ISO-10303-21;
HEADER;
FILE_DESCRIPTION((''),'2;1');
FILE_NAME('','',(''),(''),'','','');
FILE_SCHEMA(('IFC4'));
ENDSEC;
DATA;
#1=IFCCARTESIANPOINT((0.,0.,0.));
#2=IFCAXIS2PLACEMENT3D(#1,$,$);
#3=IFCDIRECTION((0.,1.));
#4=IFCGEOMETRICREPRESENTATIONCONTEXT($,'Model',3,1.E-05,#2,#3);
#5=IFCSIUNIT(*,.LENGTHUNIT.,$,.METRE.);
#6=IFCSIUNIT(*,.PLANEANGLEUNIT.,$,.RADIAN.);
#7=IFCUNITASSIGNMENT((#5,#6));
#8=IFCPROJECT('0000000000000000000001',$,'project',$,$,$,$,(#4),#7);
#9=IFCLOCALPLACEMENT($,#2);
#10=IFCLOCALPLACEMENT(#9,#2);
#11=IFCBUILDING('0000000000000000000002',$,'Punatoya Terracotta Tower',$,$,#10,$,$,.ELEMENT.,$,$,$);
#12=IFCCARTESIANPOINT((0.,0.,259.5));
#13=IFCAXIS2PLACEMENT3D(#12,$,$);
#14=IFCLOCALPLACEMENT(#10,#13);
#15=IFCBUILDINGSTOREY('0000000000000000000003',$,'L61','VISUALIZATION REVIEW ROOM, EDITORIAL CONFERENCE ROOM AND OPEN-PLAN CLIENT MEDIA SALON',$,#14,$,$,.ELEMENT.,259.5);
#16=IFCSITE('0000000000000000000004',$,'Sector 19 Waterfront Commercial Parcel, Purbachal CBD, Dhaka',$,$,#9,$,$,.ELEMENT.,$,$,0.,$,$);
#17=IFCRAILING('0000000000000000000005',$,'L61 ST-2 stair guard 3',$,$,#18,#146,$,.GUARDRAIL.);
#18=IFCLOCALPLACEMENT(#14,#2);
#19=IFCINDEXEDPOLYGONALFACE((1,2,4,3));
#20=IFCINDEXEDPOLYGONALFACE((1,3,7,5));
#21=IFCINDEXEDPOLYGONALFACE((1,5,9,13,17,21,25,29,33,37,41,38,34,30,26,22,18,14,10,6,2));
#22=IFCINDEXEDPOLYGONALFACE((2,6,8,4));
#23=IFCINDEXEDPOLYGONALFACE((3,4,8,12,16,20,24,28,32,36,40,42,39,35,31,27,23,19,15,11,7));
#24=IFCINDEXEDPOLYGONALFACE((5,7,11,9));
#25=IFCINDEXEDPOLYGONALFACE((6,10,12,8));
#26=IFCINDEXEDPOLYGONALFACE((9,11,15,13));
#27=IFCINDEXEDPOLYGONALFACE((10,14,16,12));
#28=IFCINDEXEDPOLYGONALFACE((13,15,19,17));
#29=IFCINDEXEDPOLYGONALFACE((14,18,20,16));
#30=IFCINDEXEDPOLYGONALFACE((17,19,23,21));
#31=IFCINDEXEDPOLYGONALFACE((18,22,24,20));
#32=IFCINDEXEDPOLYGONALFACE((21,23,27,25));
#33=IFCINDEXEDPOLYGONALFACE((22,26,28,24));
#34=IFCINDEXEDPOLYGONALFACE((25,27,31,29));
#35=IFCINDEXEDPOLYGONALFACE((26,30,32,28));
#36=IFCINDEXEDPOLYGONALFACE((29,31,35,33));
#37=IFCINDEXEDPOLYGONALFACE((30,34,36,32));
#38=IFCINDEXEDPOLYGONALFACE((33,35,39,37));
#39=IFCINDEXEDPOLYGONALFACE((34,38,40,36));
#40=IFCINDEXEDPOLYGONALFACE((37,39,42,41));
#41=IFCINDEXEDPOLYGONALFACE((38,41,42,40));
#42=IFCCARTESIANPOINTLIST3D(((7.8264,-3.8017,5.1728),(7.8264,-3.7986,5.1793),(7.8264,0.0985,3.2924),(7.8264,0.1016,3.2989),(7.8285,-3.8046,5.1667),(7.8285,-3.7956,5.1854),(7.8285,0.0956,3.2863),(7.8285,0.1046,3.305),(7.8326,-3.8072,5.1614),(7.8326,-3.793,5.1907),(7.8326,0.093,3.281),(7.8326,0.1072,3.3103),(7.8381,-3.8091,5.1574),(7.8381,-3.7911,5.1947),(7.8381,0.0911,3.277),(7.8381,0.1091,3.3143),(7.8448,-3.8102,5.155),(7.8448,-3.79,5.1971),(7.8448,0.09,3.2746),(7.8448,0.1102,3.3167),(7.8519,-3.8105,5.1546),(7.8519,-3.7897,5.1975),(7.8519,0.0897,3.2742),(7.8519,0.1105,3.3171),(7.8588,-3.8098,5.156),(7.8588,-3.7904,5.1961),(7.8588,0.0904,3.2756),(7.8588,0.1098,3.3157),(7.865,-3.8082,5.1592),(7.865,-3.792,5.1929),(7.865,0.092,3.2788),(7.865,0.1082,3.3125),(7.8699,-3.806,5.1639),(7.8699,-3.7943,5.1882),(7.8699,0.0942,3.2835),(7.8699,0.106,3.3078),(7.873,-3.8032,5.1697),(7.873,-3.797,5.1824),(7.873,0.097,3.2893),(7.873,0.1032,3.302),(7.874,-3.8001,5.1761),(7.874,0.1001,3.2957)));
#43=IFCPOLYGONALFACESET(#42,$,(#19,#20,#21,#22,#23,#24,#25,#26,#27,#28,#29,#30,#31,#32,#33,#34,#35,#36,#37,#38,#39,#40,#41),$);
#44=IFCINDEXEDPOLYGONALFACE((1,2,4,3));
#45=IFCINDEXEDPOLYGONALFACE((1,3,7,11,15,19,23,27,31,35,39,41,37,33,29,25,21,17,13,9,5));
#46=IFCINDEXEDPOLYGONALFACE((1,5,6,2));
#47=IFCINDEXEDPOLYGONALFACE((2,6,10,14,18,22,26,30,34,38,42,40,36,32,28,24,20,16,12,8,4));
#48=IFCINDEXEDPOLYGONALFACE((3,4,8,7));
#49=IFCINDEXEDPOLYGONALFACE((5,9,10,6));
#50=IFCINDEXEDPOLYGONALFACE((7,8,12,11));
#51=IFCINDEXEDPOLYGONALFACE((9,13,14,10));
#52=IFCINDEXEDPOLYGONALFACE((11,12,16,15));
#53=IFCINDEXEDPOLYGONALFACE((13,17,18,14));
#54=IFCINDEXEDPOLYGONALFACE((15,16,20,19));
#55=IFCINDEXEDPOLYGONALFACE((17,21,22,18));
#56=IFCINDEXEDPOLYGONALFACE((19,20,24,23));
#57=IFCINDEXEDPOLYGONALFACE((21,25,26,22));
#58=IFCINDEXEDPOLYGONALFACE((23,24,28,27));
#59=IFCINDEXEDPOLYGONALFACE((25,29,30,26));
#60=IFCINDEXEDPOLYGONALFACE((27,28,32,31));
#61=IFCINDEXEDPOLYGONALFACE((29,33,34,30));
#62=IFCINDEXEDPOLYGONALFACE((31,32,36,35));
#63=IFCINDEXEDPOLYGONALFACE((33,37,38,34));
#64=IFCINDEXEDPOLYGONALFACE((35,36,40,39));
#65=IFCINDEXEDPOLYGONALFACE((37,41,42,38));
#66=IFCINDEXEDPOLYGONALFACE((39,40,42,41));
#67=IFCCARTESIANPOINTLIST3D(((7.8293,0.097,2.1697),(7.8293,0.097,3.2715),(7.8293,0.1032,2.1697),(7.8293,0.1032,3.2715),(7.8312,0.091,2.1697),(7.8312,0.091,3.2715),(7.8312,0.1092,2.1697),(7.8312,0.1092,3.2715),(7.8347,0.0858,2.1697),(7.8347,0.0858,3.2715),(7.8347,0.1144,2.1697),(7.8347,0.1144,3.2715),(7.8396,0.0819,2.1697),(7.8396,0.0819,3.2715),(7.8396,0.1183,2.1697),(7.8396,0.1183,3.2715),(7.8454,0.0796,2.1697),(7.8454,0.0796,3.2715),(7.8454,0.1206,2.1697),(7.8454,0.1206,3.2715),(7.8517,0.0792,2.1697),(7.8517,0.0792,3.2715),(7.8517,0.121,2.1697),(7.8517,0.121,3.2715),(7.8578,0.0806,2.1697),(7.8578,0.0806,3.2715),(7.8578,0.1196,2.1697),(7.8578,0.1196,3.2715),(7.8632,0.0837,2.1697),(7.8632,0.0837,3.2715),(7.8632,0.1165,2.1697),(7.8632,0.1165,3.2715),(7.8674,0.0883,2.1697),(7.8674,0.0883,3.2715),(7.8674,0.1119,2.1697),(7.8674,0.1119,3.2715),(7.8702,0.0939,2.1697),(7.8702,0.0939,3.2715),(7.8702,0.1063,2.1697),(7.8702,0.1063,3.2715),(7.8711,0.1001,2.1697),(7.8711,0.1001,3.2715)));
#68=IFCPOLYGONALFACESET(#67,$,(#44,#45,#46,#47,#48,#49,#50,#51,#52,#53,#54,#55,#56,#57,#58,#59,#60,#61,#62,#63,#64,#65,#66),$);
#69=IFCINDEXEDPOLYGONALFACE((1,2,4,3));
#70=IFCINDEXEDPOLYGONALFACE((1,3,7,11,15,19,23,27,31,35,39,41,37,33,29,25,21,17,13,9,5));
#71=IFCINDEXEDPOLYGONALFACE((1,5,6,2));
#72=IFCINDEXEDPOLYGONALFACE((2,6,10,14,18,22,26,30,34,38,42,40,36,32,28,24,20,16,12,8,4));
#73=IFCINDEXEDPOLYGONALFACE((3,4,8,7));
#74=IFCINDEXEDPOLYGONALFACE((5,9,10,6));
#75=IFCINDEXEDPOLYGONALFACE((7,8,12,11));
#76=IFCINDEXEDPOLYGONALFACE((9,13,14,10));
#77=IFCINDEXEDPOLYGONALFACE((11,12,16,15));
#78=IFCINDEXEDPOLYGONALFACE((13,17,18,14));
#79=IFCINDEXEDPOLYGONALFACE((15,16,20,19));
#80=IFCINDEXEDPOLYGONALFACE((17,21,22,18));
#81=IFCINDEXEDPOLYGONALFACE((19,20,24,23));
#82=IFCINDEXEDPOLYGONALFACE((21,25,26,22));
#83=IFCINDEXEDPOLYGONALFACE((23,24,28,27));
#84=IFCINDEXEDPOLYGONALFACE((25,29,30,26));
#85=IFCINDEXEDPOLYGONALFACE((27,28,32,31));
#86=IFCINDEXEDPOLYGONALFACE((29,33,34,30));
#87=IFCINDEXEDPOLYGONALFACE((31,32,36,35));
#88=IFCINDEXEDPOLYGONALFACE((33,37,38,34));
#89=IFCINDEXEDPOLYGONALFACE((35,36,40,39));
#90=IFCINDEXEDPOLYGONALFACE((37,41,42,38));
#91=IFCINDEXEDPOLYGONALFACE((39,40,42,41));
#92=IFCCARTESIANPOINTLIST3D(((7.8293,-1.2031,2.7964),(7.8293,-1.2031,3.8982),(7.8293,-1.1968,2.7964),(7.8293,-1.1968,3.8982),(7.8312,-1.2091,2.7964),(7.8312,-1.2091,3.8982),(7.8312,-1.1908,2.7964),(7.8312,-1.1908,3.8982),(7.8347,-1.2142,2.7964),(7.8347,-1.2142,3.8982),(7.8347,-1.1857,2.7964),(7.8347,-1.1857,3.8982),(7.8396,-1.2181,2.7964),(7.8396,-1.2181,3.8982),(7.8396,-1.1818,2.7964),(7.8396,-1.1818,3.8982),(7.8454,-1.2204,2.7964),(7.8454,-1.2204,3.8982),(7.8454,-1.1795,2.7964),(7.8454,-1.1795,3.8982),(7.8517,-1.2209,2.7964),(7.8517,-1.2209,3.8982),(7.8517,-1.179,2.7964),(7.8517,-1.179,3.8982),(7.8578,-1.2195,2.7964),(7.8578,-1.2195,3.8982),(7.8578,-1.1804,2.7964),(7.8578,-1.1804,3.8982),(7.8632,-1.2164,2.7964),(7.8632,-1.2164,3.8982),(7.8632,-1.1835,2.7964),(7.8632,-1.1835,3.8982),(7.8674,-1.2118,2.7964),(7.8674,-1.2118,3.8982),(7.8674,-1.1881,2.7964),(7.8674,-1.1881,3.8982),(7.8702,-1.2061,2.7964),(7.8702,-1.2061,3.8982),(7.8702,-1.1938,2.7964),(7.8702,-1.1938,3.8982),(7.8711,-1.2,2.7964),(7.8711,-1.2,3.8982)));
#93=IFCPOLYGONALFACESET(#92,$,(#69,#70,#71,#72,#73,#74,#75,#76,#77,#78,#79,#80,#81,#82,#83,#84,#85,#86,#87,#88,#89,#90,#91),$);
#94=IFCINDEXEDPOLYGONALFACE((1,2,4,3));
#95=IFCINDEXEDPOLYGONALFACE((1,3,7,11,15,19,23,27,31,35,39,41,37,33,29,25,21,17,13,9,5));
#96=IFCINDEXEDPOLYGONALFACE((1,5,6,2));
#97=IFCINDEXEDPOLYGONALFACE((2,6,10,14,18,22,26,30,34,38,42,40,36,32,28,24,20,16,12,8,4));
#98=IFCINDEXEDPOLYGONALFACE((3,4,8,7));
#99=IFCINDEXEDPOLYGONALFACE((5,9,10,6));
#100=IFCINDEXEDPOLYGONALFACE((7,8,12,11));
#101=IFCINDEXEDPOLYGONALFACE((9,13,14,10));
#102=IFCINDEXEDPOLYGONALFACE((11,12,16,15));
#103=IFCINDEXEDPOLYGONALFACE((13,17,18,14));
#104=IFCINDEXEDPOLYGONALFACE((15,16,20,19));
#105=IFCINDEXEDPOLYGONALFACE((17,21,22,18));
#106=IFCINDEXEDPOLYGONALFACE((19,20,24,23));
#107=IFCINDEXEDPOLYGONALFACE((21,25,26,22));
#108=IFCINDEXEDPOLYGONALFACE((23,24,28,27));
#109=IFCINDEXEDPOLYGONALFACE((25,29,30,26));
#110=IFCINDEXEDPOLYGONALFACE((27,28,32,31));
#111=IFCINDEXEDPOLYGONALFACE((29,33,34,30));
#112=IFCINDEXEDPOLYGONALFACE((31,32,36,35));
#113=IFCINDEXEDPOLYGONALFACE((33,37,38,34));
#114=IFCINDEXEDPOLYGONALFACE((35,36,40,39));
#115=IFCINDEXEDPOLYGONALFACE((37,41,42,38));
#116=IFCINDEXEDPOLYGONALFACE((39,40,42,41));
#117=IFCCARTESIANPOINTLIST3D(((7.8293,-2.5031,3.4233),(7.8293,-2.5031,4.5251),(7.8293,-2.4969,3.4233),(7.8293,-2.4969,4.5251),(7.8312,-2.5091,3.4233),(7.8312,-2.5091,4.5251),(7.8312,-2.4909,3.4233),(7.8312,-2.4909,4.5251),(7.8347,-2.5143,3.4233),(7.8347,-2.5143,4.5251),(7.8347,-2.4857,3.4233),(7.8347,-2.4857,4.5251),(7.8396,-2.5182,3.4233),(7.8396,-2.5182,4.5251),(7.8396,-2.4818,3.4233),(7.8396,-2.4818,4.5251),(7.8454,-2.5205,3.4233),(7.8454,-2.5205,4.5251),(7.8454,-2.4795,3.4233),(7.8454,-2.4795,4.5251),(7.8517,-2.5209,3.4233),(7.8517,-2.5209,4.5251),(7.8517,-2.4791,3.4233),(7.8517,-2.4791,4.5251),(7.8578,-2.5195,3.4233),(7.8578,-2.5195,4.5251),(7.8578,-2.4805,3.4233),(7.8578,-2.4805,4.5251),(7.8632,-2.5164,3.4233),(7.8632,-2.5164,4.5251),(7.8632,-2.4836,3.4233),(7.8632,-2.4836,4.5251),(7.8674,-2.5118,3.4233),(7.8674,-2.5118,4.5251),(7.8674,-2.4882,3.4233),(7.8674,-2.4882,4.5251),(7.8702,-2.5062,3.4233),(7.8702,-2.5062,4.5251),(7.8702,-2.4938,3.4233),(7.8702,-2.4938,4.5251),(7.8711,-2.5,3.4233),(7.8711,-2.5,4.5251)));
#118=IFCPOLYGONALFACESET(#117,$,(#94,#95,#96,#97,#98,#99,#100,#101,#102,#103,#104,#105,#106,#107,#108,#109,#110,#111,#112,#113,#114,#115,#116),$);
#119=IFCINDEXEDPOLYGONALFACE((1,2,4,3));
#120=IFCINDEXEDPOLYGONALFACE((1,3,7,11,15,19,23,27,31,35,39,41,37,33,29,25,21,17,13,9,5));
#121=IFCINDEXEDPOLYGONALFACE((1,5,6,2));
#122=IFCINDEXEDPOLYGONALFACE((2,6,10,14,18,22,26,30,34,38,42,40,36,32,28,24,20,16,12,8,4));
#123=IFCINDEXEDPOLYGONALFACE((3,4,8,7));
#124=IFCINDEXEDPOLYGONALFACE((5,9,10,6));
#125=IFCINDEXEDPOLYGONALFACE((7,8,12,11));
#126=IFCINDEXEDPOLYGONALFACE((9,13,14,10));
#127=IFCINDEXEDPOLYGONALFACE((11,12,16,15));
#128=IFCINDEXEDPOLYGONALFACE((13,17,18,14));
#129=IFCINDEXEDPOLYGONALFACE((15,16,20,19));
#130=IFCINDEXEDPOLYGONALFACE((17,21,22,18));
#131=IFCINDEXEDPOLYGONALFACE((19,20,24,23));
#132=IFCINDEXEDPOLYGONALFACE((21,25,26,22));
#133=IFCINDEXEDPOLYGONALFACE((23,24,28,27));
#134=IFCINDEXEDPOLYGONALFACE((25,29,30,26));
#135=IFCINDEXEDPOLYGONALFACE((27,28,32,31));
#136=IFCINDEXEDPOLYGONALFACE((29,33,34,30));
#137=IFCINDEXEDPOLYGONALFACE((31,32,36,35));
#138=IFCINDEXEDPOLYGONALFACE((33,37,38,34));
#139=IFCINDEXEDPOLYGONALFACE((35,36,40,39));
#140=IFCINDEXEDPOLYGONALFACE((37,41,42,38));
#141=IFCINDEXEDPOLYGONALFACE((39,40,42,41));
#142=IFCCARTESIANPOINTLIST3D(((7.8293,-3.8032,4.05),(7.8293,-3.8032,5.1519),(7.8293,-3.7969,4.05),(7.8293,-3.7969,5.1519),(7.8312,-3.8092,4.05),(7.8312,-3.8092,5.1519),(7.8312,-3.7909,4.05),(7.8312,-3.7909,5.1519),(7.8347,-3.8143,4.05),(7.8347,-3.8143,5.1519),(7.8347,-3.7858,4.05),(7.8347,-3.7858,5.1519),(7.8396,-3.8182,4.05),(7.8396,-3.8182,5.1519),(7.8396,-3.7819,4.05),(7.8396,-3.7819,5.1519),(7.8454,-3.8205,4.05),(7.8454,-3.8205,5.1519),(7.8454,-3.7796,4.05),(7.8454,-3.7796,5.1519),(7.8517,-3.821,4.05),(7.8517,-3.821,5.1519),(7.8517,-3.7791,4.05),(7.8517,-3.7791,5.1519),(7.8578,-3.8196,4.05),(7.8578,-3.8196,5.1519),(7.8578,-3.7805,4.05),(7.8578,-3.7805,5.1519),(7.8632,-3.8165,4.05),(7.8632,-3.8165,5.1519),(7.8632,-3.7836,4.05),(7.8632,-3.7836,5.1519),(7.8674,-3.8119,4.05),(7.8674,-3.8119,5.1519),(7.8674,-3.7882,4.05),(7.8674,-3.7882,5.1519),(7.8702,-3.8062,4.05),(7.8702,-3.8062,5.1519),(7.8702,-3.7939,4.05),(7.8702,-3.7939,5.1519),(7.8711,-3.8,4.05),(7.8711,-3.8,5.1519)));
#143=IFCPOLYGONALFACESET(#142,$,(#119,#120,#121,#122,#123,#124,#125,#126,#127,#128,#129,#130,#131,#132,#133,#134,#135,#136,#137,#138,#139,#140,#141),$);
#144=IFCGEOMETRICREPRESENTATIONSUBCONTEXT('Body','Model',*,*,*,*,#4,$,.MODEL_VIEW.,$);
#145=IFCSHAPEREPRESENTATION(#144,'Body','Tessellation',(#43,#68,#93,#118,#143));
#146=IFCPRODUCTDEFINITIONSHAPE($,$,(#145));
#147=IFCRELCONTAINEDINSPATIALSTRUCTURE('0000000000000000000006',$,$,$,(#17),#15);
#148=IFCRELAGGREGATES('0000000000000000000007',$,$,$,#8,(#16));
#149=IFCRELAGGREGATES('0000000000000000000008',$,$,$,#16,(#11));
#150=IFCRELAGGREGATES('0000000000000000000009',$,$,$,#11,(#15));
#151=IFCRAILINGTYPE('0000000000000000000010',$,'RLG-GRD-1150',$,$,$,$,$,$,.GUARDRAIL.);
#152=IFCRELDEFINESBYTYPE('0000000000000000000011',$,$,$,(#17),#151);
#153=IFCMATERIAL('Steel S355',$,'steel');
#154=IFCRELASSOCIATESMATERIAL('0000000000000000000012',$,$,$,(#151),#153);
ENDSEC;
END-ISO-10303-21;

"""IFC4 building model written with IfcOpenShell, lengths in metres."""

from ifc_helpers import new_model, si_unit, direction, frame, origin, origin_2d, place, context, subcontext, project, spatial, circle, extrude, material, type_object, element, save


model = new_model("IFC4")

# Units and contexts
model_context = context("Model", 3, precision=1e-05, world=origin(), true_north=direction((0.0, 1.0)))
body_context = subcontext(model_context, "Body", "Model", "MODEL_VIEW")
ifc_project = project(units=[si_unit("LENGTHUNIT", "METRE"), si_unit("PLANEANGLEUNIT", "RADIAN")], contexts=[model_context])

# Site, building, storey
site_placement = place(None, origin())
site = spatial("IfcSite", under=ifc_project, at=site_placement, Name="Sector 19 Waterfront Commercial Parcel, Purbachal CBD, Dhaka", CompositionType="ELEMENT", RefElevation=0.0)
building_placement = place(site_placement, origin())
building = spatial("IfcBuilding", under=site, at=building_placement, Name="Punatoya Terracotta Tower", CompositionType="ELEMENT")
storey_placement = place(building_placement, frame((0.0, 0.0, 259.5)))
storey = spatial("IfcBuildingStorey", under=building, at=storey_placement, Name="L61", Description="VISUALIZATION REVIEW ROOM, EDITORIAL CONFERENCE ROOM AND OPEN-PLAN CLIENT MEDIA SALON", CompositionType="ELEMENT", Elevation=259.5)

# Shared definitions
ifc_material_1 = material(Name="Steel S355", Category="steel")

# Railing
railing_type_1 = type_object("IfcRailingType", Name="RLG-GRD-1150", PredefinedType="GUARDRAIL", material=ifc_material_1)
railing_1_placement = place(storey_placement, frame((7.8501, 0.1001, 2.1697)))
element("IfcRailing", 1, at=railing_1_placement, inside=storey, type_object=railing_type_1, Name="L61 ST-2 stair guard 3", PredefinedType="GUARDRAIL", context=body_context, shape_type="SweptSolid", body=[
    extrude(circle(Radius=0.0239, at=origin_2d()), frame((0.0, 0.0, 1.126), z_axis=(0.0, -0.900774, 0.434289), x_axis=(1.0, 0.0, 0.0)), (0.0, 0.0, 1.0), 4.3298),
    extrude(circle(Radius=0.021, at=origin_2d()), origin(), (0.0, 0.0, 1.0), 1.1018),
    extrude(circle(Radius=0.021, at=origin_2d()), frame((0.0, -1.3, 0.6267)), (0.0, 0.0, 1.0), 1.1018),
    extrude(circle(Radius=0.021, at=origin_2d()), frame((0.0, -2.6001, 1.2537)), (0.0, 0.0, 1.0), 1.1018),
    extrude(circle(Radius=0.021, at=origin_2d()), frame((0.0, -3.9001, 1.8804)), (0.0, 0.0, 1.0), 1.1018),
])

save(model, "model.ifc")
